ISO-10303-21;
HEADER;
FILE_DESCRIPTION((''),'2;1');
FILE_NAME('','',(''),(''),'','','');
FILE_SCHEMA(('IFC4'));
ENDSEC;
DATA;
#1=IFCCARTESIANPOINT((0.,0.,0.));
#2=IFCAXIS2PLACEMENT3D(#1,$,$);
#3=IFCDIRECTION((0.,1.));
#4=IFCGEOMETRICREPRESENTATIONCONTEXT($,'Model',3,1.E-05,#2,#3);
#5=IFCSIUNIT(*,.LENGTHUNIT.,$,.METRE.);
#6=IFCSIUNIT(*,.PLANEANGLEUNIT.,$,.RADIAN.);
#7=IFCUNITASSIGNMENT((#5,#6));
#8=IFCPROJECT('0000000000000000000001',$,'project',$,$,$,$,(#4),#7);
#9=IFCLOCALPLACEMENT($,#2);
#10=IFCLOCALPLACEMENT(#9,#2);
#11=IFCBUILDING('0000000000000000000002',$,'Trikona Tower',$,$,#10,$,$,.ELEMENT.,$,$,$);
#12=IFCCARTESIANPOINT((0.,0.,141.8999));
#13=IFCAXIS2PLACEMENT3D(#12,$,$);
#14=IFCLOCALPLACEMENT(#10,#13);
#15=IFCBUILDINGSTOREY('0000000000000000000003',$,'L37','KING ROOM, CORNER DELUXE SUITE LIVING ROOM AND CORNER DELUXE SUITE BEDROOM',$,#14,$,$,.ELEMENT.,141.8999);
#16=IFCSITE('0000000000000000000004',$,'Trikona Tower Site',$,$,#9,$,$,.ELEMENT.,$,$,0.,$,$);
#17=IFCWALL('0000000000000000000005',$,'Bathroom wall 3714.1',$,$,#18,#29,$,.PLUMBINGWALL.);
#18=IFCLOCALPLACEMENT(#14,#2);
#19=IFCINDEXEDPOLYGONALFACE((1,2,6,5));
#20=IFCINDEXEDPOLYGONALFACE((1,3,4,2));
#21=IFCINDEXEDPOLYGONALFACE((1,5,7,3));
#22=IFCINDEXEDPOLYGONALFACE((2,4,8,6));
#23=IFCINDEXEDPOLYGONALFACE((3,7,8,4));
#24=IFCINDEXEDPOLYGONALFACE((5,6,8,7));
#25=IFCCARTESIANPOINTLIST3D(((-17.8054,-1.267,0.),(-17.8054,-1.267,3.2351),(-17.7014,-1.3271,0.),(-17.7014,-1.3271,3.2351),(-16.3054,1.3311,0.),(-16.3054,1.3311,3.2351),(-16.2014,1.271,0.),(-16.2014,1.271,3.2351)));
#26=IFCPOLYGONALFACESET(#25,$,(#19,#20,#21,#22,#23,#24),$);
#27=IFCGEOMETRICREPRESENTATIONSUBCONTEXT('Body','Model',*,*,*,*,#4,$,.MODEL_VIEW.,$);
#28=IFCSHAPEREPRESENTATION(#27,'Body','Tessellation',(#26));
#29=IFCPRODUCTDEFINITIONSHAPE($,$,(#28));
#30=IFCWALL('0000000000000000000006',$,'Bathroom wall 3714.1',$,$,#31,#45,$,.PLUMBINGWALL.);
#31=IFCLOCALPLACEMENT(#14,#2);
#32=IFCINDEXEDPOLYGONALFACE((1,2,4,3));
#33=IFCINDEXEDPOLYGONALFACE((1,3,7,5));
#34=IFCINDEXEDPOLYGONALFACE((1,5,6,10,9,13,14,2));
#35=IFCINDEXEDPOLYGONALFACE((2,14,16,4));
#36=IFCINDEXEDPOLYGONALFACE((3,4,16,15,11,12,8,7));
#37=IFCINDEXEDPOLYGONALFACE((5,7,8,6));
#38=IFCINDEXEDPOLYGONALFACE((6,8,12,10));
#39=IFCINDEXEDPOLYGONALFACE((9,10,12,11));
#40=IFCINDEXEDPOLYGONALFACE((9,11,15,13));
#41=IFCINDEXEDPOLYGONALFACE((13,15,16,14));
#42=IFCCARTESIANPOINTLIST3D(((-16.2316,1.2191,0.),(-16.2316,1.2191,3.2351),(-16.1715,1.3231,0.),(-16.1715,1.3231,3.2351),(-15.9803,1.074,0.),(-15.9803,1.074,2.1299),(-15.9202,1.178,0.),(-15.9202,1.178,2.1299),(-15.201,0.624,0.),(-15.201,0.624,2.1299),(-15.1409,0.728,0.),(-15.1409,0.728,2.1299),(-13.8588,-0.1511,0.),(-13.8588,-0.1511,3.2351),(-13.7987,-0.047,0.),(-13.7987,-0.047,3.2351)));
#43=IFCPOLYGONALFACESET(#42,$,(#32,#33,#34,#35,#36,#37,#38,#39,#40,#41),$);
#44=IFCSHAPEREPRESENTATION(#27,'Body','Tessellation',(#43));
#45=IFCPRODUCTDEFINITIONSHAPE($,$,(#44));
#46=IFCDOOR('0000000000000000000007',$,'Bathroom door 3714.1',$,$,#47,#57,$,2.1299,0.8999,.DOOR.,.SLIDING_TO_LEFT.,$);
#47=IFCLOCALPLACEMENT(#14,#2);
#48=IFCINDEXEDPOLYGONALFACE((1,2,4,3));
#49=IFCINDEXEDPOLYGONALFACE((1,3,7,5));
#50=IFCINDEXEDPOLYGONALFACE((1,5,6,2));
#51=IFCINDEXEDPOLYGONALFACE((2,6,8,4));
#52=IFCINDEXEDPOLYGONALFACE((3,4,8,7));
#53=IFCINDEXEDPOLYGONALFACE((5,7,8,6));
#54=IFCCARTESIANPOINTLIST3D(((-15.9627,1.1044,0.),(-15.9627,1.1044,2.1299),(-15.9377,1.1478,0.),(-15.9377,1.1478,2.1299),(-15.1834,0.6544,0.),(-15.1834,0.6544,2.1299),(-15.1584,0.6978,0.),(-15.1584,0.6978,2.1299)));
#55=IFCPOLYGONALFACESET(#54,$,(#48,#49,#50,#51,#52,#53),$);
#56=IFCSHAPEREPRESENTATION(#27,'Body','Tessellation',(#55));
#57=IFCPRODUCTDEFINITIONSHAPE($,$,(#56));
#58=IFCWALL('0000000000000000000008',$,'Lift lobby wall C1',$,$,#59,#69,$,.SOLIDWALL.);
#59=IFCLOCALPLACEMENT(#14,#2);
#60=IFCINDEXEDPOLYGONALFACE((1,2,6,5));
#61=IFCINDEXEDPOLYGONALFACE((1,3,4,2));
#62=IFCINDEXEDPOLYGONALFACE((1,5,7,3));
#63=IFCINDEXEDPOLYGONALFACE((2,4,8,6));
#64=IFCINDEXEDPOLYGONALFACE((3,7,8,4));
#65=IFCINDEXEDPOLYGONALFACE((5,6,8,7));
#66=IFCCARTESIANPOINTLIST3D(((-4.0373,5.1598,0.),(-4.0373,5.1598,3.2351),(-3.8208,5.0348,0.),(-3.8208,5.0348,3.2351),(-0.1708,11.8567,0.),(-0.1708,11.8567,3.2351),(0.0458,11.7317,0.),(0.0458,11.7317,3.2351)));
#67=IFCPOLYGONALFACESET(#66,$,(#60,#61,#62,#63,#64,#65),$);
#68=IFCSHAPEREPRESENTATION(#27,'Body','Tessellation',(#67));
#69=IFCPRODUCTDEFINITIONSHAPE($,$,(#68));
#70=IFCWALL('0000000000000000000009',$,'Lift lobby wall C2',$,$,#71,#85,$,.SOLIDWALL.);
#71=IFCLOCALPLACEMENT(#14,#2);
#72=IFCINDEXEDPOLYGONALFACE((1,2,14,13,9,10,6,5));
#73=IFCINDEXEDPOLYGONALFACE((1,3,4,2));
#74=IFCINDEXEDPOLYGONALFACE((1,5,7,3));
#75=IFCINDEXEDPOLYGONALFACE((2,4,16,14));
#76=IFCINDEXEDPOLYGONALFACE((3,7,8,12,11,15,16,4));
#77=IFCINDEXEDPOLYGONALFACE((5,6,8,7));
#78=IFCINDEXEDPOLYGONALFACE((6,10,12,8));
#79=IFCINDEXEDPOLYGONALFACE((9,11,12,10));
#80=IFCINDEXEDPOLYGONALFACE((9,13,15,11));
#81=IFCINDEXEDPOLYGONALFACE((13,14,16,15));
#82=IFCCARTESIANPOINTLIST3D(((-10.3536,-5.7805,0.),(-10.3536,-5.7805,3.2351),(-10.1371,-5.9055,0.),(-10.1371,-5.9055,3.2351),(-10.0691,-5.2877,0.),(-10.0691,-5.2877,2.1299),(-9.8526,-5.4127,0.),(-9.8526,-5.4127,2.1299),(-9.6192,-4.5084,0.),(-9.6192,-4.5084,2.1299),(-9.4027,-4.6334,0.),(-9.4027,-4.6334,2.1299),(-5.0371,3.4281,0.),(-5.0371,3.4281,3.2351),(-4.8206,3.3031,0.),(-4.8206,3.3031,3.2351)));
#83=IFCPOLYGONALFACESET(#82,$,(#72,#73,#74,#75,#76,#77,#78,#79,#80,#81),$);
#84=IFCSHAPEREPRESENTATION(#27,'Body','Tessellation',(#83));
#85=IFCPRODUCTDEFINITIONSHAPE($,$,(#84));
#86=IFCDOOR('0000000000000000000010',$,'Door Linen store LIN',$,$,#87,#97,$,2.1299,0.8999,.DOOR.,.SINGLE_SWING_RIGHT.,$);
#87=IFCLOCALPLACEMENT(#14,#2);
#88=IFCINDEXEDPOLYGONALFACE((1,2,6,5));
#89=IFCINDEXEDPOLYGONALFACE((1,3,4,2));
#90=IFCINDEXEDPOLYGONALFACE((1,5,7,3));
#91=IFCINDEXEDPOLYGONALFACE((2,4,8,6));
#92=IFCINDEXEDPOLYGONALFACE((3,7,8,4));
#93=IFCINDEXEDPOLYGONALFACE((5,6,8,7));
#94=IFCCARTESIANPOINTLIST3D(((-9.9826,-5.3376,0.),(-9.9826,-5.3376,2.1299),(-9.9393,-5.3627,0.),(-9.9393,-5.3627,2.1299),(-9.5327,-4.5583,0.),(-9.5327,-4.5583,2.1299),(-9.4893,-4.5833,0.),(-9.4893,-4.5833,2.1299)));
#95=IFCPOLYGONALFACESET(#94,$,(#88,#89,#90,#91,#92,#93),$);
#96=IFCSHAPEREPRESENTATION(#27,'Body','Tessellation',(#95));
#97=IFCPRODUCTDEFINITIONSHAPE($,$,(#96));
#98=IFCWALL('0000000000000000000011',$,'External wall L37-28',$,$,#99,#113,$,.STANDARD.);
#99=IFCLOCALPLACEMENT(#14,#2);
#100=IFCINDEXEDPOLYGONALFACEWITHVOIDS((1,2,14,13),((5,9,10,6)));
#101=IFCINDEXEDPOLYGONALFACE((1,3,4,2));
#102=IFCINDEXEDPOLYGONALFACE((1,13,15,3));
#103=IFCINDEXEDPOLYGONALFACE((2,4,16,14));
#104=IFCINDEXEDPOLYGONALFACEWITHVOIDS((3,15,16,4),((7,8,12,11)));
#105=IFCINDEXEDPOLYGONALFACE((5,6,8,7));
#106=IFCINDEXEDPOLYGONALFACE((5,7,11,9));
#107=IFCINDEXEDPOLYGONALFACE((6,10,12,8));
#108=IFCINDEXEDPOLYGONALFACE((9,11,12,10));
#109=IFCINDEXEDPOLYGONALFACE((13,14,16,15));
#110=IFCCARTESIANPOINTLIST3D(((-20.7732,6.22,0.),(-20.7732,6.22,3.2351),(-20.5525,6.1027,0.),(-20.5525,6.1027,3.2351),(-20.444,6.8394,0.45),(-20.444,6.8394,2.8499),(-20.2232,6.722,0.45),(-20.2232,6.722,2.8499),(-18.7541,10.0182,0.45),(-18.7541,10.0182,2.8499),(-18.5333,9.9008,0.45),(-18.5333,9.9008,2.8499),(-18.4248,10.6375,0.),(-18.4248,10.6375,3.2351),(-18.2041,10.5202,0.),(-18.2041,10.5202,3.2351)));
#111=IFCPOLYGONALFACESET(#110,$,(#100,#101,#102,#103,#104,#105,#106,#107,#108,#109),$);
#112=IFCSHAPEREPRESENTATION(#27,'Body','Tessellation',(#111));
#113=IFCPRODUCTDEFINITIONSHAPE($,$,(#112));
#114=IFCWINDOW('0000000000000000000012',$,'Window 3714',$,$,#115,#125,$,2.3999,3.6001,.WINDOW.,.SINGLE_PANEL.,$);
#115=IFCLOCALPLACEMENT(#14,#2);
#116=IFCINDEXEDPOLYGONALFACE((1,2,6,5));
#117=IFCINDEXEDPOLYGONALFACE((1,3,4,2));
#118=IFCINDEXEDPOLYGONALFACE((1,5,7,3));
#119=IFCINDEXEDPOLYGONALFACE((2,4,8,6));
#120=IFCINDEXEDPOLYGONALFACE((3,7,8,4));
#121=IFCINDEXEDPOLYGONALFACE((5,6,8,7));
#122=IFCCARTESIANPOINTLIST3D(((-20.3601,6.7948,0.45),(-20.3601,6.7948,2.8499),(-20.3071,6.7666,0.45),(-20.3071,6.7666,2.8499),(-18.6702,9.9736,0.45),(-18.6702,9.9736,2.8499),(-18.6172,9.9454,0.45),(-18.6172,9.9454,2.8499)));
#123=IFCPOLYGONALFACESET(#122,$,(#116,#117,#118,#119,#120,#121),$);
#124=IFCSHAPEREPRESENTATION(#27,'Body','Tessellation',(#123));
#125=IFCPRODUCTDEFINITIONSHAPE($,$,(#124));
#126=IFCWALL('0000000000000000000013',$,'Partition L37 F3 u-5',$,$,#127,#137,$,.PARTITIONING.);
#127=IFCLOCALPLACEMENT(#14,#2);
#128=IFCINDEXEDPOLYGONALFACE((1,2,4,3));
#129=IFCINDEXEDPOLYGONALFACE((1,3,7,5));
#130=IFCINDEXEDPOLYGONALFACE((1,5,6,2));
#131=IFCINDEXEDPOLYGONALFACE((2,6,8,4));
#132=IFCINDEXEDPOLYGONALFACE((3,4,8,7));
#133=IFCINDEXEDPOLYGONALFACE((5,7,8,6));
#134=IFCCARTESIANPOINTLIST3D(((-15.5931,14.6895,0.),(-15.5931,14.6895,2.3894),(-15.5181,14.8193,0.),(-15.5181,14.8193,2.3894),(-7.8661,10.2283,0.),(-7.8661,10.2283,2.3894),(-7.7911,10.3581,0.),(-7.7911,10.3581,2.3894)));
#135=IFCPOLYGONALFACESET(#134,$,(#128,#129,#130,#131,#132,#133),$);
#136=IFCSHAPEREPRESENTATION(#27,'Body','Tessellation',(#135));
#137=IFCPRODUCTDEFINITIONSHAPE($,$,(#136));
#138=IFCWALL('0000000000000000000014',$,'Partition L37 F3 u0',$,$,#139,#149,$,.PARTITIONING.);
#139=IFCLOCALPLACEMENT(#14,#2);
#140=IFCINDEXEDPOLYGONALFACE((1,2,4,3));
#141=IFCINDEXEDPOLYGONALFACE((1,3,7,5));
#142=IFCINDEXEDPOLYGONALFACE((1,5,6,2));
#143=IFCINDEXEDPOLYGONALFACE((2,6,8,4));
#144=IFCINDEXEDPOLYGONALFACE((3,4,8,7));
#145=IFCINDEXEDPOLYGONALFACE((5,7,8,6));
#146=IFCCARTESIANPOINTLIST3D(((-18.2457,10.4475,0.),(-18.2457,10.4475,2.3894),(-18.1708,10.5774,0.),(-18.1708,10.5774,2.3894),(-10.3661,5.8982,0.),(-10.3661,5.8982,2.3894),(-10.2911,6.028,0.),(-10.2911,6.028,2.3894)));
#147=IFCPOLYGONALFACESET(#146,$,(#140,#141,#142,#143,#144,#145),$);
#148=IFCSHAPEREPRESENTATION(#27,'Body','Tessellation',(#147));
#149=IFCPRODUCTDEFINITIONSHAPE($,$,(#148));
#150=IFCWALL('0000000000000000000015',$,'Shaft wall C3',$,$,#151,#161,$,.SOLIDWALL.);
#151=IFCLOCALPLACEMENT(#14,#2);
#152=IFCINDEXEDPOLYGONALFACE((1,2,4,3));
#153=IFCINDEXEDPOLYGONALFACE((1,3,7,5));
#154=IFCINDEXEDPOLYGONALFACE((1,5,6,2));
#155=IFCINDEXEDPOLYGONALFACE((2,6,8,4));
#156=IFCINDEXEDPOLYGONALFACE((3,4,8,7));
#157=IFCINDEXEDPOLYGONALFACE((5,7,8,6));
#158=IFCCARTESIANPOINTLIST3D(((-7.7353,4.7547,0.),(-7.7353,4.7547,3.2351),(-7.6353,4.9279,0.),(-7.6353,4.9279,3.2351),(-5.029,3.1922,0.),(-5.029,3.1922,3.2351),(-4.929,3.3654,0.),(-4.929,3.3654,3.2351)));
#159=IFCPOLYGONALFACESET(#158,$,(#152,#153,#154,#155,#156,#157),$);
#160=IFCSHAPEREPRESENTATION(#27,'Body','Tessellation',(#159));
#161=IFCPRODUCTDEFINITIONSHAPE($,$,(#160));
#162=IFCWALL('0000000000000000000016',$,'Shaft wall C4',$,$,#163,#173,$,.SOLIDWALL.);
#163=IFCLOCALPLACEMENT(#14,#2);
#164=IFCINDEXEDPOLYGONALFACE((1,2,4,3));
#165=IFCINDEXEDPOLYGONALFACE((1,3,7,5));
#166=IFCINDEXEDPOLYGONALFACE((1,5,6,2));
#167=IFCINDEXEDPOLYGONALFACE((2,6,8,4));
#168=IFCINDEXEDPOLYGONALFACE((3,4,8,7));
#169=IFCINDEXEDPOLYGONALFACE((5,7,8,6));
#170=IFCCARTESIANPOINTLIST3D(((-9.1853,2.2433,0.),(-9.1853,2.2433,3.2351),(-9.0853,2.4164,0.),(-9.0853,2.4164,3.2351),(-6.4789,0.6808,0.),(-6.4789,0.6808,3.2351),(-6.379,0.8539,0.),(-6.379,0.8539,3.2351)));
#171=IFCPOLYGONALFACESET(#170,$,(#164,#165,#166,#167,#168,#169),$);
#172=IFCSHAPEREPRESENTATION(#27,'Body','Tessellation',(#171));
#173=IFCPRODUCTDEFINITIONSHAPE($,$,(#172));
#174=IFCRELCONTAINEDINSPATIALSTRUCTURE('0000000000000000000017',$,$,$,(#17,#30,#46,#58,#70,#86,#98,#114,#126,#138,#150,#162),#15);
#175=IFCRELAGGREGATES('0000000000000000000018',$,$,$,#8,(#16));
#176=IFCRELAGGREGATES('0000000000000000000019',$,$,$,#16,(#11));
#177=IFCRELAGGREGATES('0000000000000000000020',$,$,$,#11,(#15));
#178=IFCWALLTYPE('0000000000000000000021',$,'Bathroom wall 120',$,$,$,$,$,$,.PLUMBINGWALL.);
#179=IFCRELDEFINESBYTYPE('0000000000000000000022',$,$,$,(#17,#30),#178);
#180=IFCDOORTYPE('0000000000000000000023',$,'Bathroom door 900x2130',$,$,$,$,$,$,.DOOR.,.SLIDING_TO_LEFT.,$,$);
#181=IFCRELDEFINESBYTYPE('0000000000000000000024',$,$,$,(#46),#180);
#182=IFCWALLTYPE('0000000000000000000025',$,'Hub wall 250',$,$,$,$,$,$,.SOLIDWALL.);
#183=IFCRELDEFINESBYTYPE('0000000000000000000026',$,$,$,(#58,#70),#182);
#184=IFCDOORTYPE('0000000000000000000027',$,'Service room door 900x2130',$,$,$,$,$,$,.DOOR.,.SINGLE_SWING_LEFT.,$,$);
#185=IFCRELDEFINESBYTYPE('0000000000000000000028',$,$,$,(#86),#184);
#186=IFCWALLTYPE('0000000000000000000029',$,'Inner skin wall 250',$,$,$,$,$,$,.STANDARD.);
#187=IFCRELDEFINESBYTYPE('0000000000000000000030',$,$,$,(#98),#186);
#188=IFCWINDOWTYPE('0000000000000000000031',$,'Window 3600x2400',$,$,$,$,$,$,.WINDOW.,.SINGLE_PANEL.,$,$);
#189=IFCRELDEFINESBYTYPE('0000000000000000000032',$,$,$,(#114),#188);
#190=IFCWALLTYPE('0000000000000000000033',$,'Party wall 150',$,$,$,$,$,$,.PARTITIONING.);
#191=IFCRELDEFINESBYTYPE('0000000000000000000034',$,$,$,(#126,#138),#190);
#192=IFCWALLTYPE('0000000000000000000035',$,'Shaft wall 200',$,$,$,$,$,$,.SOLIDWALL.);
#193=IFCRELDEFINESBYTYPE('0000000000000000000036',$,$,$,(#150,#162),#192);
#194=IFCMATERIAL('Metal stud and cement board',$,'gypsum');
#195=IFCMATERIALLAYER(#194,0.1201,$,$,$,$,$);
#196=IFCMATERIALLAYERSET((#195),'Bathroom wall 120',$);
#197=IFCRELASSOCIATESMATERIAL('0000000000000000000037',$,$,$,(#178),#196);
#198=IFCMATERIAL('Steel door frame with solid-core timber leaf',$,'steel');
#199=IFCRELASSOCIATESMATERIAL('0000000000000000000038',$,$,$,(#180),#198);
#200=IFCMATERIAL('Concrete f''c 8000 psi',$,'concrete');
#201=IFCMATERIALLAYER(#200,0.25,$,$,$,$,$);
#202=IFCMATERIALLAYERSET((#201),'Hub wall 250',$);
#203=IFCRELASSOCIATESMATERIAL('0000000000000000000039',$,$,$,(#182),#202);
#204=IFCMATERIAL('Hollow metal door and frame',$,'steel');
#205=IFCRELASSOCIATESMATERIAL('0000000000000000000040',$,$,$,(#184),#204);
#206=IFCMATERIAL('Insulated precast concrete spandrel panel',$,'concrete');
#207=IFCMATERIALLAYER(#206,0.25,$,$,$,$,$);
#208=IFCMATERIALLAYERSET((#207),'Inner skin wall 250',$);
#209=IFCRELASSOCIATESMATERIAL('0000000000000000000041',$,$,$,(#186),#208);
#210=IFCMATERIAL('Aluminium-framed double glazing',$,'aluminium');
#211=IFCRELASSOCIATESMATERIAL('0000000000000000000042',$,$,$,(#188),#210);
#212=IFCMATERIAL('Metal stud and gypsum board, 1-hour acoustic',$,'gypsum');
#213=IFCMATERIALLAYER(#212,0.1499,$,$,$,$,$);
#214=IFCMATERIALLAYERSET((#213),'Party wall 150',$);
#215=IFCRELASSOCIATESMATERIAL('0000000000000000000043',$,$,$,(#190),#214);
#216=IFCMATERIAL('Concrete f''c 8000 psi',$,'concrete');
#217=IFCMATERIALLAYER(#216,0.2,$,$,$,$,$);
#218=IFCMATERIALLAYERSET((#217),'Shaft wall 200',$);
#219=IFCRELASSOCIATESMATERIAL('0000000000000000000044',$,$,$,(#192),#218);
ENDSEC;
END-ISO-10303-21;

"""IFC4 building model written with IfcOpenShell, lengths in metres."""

from ifc_helpers import new_model, si_unit, direction, frame, frame_2d, origin, place, context, subcontext, project, spatial, rectangle, extrude, material, layer, layer_set, type_object, element, fill, save


model = new_model("IFC4")

# Units and contexts
model_context = context("Model", 3, precision=1e-05, world=origin(), true_north=direction((0.0, 1.0)))
body_context = subcontext(model_context, "Body", "Model", "MODEL_VIEW")
ifc_project = project(units=[si_unit("LENGTHUNIT", "METRE"), si_unit("PLANEANGLEUNIT", "RADIAN")], contexts=[model_context])

# Site, building, storey
site_placement = place(None, origin())
site = spatial("IfcSite", under=ifc_project, at=site_placement, Name="Trikona Tower Site", CompositionType="ELEMENT", RefElevation=0.0)
building_placement = place(site_placement, origin())
building = spatial("IfcBuilding", under=site, at=building_placement, Name="Trikona Tower", CompositionType="ELEMENT")
storey_placement = place(building_placement, frame((0.0, 0.0, 141.8999)))
storey = spatial("IfcBuildingStorey", under=building, at=storey_placement, Name="L37", Description="KING ROOM, CORNER DELUXE SUITE LIVING ROOM AND CORNER DELUXE SUITE BEDROOM", CompositionType="ELEMENT", Elevation=141.8999)

# Shared definitions
ifc_material_1 = material(Name="Metal stud and cement board", Category="gypsum")
ifc_layer_1 = layer(ifc_material_1, 0.1201)
ifc_layer_set_1 = layer_set([ifc_layer_1], Name="Bathroom wall 120")
wall_type_1 = type_object("IfcWallType", Name="Bathroom wall 120", PredefinedType="PLUMBINGWALL", material=ifc_layer_set_1)
ifc_material_2 = material(Name="Steel door frame with solid-core timber leaf", Category="steel")
door_type_1 = type_object("IfcDoorType", Name="Bathroom door 900x2130", OperationType="SLIDING_TO_LEFT", PredefinedType="DOOR", material=ifc_material_2)

# Wall
wall_1_placement = place(storey_placement, frame((-16.2534, 1.301, 0.0), z_axis=(0.0, 0.0, 1.0), x_axis=(-0.49999, -0.866031, 0.0)))
element("IfcWall", 1, at=wall_1_placement, inside=storey, type_object=wall_type_1, Name="Bathroom wall 3714.1", PredefinedType="PLUMBINGWALL", context=body_context, shape_type="SweptSolid", body=[
    extrude(rectangle(XDim=3.0, YDim=0.1201, at=frame_2d((1.5, 0.0))), origin(), (0.0, 0.0, 1.0), 3.2351),
])

# Wall, opening, door
wall_2_placement = place(storey_placement, frame((-13.8286, -0.0991, 0.0), z_axis=(0.0, 0.0, 1.0), x_axis=(-0.865997, 0.500049, 0.0)))
wall_2 = element("IfcWall", 2, at=wall_2_placement, inside=storey, type_object=wall_type_1, Name="Bathroom wall 3714.1", PredefinedType="PLUMBINGWALL", context=body_context, shape_type="SweptSolid", body=[
    extrude(rectangle(XDim=2.74, YDim=0.1201, at=frame_2d((1.3701, 0.0))), origin(), (0.0, 0.0, 1.0), 3.2351),
])
opening_1_placement = place(wall_2_placement, frame((1.55, 0.0, 0.0)))
opening_1 = element("IfcOpeningElement", 3, at=opening_1_placement, cuts=wall_2, PredefinedType="OPENING", context=body_context, shape_type="SweptSolid", body=[
    extrude(rectangle(XDim=0.8999, YDim=2.1299, at=frame_2d((0.45, 1.0649))), frame((0.0, 0.0701, 0.0), z_axis=(0.0, -1.0, 0.0), x_axis=(1.0, 0.0, 0.0)), (0.0, 0.0, 1.0), 0.1401),
])
door_1_placement = place(opening_1_placement, origin())
door_1 = element("IfcDoor", 4, at=door_1_placement, inside=storey, type_object=door_type_1, Name="Bathroom door 3714.1", OperationType="SLIDING_TO_LEFT", OverallHeight=2.1299, OverallWidth=0.8999, PredefinedType="DOOR", context=body_context, shape_type="SweptSolid", body=[
    extrude(rectangle(XDim=0.8999, YDim=2.1299, at=frame_2d((0.45, 1.0649))), frame((0.0, 0.0249, 0.0), z_axis=(0.0, -1.0, 0.0), x_axis=(1.0, 0.0, 0.0)), (0.0, 0.0, 1.0), 0.05),
])
fill(opening_1, door_1)

# Wall
ifc_material_3 = material(Name="Concrete f'c 8000 psi", Category="concrete")
ifc_layer_2 = layer(ifc_material_3, 0.25)
ifc_layer_set_2 = layer_set([ifc_layer_2], Name="Hub wall 250")
wall_type_2 = type_object("IfcWallType", Name="Hub wall 250", PredefinedType="SOLIDWALL", material=ifc_layer_set_2)
wall_3_placement = place(storey_placement, frame((-0.0625, 11.7942, 0.0), z_axis=(0.0, 0.0, 1.0), x_axis=(-0.500007, -0.866022, 0.0)))
element("IfcWall", 5, at=wall_3_placement, inside=storey, type_object=wall_type_2, Name="Lift lobby wall C1", PredefinedType="SOLIDWALL", context=body_context, shape_type="SweptSolid", body=[
    extrude(rectangle(XDim=7.7329, YDim=0.25, at=frame_2d((3.8665, 0.0))), origin(), (0.0, 0.0, 1.0), 3.2351),
])

# Wall, opening, door
wall_4_placement = place(storey_placement, frame((-4.929, 3.3655, 0.0), z_axis=(0.0, 0.0, 1.0), x_axis=(-0.499991, -0.86603, 0.0)))
wall_4 = element("IfcWall", 6, at=wall_4_placement, inside=storey, type_object=wall_type_2, Name="Lift lobby wall C2", PredefinedType="SOLIDWALL", context=body_context, shape_type="SweptSolid", body=[
    extrude(rectangle(XDim=10.6331, YDim=0.25, at=frame_2d((5.3164, 0.0))), origin(), (0.0, 0.0, 1.0), 3.2351),
])
opening_2_placement = place(wall_4_placement, frame((9.1641, 0.0, 0.0)))
opening_2 = element("IfcOpeningElement", 7, at=opening_2_placement, cuts=wall_4, PredefinedType="OPENING", context=body_context, shape_type="SweptSolid", body=[
    extrude(rectangle(XDim=0.8999, YDim=2.1299, at=frame_2d((0.45, 1.0649))), frame((0.0, 0.135, 0.0), z_axis=(0.0, -1.0, 0.0), x_axis=(1.0, 0.0, 0.0)), (0.0, 0.0, 1.0), 0.27),
])
ifc_material_4 = material(Name="Hollow metal door and frame", Category="steel")
door_type_2 = type_object("IfcDoorType", Name="Service room door 900x2130", OperationType="SINGLE_SWING_LEFT", PredefinedType="DOOR", material=ifc_material_4)
door_2_placement = place(opening_2_placement, origin())
door_2 = element("IfcDoor", 8, at=door_2_placement, inside=storey, type_object=door_type_2, Name="Door Linen store LIN", OperationType="SINGLE_SWING_RIGHT", OverallHeight=2.1299, OverallWidth=0.8999, PredefinedType="DOOR", context=body_context, shape_type="SweptSolid", body=[
    extrude(rectangle(XDim=0.8999, YDim=2.1299, at=frame_2d((0.45, 1.0649))), frame((0.0, 0.0249, 0.0), z_axis=(0.0, -1.0, 0.0), x_axis=(1.0, 0.0, 0.0)), (0.0, 0.0, 1.0), 0.05),
])
fill(opening_2, door_2)

# Wall, opening, window
ifc_material_5 = material(Name="Insulated precast concrete spandrel panel", Category="concrete")
ifc_layer_3 = layer(ifc_material_5, 0.25)
ifc_layer_set_3 = layer_set([ifc_layer_3], Name="Inner skin wall 250")
wall_type_3 = type_object("IfcWallType", Name="Inner skin wall 250", PredefinedType="STANDARD", material=ifc_layer_set_3)
wall_5_placement = place(storey_placement, frame((-18.3145, 10.5789, 0.0), z_axis=(0.0, 0.0, 1.0), x_axis=(-0.469405, -0.882983, 0.0)))
wall_5 = element("IfcWall", 9, at=wall_5_placement, inside=storey, type_object=wall_type_3, Name="External wall L37-28", PredefinedType="STANDARD", context=body_context, shape_type="SweptSolid", body=[
    extrude(rectangle(XDim=5.0029, YDim=0.25, at=frame_2d((2.5015, 0.0))), origin(), (0.0, 0.0, 1.0), 3.2351),
])
opening_3_placement = place(wall_5_placement, frame((0.7014, 0.0, 0.45)))
opening_3 = element("IfcOpeningElement", 10, at=opening_3_placement, cuts=wall_5, PredefinedType="OPENING", context=body_context, shape_type="SweptSolid", body=[
    extrude(rectangle(XDim=3.6001, YDim=2.3999, at=frame_2d((1.8, 1.2))), frame((0.0, 0.135, 0.0), z_axis=(0.0, -1.0, 0.0), x_axis=(1.0, 0.0, 0.0)), (0.0, 0.0, 1.0), 0.27),
])
ifc_material_6 = material(Name="Aluminium-framed double glazing", Category="aluminium")
window_type = type_object("IfcWindowType", Name="Window 3600x2400", PartitioningType="SINGLE_PANEL", PredefinedType="WINDOW", material=ifc_material_6)
window_placement = place(opening_3_placement, origin())
window = element("IfcWindow", 11, at=window_placement, inside=storey, type_object=window_type, Name="Window 3714", OverallHeight=2.3999, OverallWidth=3.6001, PartitioningType="SINGLE_PANEL", PredefinedType="WINDOW", context=body_context, shape_type="SweptSolid", body=[
    extrude(rectangle(XDim=3.6001, YDim=2.3999, at=frame_2d((1.8, 1.2))), frame((0.0, 0.03, 0.0), z_axis=(0.0, -1.0, 0.0), x_axis=(1.0, 0.0, 0.0)), (0.0, 0.0, 1.0), 0.0601),
])
fill(opening_3, window)

# Walls
ifc_material_7 = material(Name="Metal stud and gypsum board, 1-hour acoustic", Category="gypsum")
ifc_layer_4 = layer(ifc_material_7, 0.1499)
ifc_layer_set_4 = layer_set([ifc_layer_4], Name="Party wall 150")
wall_type_4 = type_object("IfcWallType", Name="Party wall 150", PredefinedType="PARTITIONING", material=ifc_layer_set_4)
wall_6_placement = place(storey_placement, frame((-7.8286, 10.2932, 0.0), z_axis=(0.0, 0.0, 1.0), x_axis=(-0.866027, 0.499997, 0.0)))
element("IfcWall", 12, at=wall_6_placement, inside=storey, type_object=wall_type_4, Name="Partition L37 F3 u-5", PredefinedType="PARTITIONING", context=body_context, shape_type="SweptSolid", body=[
    extrude(rectangle(XDim=8.9224, YDim=0.1499, at=frame_2d((4.4612, 0.0))), origin(), (0.0, 0.0, 1.0), 2.3894),
])
wall_7_placement = place(storey_placement, frame((-10.3286, 5.9631, 0.0), z_axis=(0.0, 0.0, 1.0), x_axis=(-0.866025, 0.5, 0.0)))
element("IfcWall", 13, at=wall_7_placement, inside=storey, type_object=wall_type_4, Name="Partition L37 F3 u0", PredefinedType="PARTITIONING", context=body_context, shape_type="SweptSolid", body=[
    extrude(rectangle(XDim=9.0986, YDim=0.1499, at=frame_2d((4.5493, 0.0))), origin(), (0.0, 0.0, 1.0), 2.3894),
])
ifc_material_8 = material(Name="Concrete f'c 8000 psi", Category="concrete")
ifc_layer_5 = layer(ifc_material_8, 0.2)
ifc_layer_set_5 = layer_set([ifc_layer_5], Name="Shaft wall 200")
wall_type_5 = type_object("IfcWallType", Name="Shaft wall 200", PredefinedType="SOLIDWALL", material=ifc_layer_set_5)
for number, where, z_axis, x_axis, name in (
    (14, (-4.979, 3.2788, 0.0), (0.0, 0.0, 1.0), (-0.866023, 0.500004, 0.0), "Shaft wall C3"),
    (15, (-6.429, 0.7673, 0.0), (0.0, 0.0, 1.0), (-0.866023, 0.500004, 0.0), "Shaft wall C4"),
):
    element("IfcWall", number, at=place(storey_placement, frame(where, z_axis=z_axis, x_axis=x_axis)), inside=storey, type_object=wall_type_5, Name=name, PredefinedType="SOLIDWALL", context=body_context, shape_type="SweptSolid", body=[
        extrude(rectangle(XDim=3.125, YDim=0.2, at=frame_2d((1.5625, 0.0))), origin(), (0.0, 0.0, 1.0), 3.2351),
    ])

save(model, "model.ifc")
